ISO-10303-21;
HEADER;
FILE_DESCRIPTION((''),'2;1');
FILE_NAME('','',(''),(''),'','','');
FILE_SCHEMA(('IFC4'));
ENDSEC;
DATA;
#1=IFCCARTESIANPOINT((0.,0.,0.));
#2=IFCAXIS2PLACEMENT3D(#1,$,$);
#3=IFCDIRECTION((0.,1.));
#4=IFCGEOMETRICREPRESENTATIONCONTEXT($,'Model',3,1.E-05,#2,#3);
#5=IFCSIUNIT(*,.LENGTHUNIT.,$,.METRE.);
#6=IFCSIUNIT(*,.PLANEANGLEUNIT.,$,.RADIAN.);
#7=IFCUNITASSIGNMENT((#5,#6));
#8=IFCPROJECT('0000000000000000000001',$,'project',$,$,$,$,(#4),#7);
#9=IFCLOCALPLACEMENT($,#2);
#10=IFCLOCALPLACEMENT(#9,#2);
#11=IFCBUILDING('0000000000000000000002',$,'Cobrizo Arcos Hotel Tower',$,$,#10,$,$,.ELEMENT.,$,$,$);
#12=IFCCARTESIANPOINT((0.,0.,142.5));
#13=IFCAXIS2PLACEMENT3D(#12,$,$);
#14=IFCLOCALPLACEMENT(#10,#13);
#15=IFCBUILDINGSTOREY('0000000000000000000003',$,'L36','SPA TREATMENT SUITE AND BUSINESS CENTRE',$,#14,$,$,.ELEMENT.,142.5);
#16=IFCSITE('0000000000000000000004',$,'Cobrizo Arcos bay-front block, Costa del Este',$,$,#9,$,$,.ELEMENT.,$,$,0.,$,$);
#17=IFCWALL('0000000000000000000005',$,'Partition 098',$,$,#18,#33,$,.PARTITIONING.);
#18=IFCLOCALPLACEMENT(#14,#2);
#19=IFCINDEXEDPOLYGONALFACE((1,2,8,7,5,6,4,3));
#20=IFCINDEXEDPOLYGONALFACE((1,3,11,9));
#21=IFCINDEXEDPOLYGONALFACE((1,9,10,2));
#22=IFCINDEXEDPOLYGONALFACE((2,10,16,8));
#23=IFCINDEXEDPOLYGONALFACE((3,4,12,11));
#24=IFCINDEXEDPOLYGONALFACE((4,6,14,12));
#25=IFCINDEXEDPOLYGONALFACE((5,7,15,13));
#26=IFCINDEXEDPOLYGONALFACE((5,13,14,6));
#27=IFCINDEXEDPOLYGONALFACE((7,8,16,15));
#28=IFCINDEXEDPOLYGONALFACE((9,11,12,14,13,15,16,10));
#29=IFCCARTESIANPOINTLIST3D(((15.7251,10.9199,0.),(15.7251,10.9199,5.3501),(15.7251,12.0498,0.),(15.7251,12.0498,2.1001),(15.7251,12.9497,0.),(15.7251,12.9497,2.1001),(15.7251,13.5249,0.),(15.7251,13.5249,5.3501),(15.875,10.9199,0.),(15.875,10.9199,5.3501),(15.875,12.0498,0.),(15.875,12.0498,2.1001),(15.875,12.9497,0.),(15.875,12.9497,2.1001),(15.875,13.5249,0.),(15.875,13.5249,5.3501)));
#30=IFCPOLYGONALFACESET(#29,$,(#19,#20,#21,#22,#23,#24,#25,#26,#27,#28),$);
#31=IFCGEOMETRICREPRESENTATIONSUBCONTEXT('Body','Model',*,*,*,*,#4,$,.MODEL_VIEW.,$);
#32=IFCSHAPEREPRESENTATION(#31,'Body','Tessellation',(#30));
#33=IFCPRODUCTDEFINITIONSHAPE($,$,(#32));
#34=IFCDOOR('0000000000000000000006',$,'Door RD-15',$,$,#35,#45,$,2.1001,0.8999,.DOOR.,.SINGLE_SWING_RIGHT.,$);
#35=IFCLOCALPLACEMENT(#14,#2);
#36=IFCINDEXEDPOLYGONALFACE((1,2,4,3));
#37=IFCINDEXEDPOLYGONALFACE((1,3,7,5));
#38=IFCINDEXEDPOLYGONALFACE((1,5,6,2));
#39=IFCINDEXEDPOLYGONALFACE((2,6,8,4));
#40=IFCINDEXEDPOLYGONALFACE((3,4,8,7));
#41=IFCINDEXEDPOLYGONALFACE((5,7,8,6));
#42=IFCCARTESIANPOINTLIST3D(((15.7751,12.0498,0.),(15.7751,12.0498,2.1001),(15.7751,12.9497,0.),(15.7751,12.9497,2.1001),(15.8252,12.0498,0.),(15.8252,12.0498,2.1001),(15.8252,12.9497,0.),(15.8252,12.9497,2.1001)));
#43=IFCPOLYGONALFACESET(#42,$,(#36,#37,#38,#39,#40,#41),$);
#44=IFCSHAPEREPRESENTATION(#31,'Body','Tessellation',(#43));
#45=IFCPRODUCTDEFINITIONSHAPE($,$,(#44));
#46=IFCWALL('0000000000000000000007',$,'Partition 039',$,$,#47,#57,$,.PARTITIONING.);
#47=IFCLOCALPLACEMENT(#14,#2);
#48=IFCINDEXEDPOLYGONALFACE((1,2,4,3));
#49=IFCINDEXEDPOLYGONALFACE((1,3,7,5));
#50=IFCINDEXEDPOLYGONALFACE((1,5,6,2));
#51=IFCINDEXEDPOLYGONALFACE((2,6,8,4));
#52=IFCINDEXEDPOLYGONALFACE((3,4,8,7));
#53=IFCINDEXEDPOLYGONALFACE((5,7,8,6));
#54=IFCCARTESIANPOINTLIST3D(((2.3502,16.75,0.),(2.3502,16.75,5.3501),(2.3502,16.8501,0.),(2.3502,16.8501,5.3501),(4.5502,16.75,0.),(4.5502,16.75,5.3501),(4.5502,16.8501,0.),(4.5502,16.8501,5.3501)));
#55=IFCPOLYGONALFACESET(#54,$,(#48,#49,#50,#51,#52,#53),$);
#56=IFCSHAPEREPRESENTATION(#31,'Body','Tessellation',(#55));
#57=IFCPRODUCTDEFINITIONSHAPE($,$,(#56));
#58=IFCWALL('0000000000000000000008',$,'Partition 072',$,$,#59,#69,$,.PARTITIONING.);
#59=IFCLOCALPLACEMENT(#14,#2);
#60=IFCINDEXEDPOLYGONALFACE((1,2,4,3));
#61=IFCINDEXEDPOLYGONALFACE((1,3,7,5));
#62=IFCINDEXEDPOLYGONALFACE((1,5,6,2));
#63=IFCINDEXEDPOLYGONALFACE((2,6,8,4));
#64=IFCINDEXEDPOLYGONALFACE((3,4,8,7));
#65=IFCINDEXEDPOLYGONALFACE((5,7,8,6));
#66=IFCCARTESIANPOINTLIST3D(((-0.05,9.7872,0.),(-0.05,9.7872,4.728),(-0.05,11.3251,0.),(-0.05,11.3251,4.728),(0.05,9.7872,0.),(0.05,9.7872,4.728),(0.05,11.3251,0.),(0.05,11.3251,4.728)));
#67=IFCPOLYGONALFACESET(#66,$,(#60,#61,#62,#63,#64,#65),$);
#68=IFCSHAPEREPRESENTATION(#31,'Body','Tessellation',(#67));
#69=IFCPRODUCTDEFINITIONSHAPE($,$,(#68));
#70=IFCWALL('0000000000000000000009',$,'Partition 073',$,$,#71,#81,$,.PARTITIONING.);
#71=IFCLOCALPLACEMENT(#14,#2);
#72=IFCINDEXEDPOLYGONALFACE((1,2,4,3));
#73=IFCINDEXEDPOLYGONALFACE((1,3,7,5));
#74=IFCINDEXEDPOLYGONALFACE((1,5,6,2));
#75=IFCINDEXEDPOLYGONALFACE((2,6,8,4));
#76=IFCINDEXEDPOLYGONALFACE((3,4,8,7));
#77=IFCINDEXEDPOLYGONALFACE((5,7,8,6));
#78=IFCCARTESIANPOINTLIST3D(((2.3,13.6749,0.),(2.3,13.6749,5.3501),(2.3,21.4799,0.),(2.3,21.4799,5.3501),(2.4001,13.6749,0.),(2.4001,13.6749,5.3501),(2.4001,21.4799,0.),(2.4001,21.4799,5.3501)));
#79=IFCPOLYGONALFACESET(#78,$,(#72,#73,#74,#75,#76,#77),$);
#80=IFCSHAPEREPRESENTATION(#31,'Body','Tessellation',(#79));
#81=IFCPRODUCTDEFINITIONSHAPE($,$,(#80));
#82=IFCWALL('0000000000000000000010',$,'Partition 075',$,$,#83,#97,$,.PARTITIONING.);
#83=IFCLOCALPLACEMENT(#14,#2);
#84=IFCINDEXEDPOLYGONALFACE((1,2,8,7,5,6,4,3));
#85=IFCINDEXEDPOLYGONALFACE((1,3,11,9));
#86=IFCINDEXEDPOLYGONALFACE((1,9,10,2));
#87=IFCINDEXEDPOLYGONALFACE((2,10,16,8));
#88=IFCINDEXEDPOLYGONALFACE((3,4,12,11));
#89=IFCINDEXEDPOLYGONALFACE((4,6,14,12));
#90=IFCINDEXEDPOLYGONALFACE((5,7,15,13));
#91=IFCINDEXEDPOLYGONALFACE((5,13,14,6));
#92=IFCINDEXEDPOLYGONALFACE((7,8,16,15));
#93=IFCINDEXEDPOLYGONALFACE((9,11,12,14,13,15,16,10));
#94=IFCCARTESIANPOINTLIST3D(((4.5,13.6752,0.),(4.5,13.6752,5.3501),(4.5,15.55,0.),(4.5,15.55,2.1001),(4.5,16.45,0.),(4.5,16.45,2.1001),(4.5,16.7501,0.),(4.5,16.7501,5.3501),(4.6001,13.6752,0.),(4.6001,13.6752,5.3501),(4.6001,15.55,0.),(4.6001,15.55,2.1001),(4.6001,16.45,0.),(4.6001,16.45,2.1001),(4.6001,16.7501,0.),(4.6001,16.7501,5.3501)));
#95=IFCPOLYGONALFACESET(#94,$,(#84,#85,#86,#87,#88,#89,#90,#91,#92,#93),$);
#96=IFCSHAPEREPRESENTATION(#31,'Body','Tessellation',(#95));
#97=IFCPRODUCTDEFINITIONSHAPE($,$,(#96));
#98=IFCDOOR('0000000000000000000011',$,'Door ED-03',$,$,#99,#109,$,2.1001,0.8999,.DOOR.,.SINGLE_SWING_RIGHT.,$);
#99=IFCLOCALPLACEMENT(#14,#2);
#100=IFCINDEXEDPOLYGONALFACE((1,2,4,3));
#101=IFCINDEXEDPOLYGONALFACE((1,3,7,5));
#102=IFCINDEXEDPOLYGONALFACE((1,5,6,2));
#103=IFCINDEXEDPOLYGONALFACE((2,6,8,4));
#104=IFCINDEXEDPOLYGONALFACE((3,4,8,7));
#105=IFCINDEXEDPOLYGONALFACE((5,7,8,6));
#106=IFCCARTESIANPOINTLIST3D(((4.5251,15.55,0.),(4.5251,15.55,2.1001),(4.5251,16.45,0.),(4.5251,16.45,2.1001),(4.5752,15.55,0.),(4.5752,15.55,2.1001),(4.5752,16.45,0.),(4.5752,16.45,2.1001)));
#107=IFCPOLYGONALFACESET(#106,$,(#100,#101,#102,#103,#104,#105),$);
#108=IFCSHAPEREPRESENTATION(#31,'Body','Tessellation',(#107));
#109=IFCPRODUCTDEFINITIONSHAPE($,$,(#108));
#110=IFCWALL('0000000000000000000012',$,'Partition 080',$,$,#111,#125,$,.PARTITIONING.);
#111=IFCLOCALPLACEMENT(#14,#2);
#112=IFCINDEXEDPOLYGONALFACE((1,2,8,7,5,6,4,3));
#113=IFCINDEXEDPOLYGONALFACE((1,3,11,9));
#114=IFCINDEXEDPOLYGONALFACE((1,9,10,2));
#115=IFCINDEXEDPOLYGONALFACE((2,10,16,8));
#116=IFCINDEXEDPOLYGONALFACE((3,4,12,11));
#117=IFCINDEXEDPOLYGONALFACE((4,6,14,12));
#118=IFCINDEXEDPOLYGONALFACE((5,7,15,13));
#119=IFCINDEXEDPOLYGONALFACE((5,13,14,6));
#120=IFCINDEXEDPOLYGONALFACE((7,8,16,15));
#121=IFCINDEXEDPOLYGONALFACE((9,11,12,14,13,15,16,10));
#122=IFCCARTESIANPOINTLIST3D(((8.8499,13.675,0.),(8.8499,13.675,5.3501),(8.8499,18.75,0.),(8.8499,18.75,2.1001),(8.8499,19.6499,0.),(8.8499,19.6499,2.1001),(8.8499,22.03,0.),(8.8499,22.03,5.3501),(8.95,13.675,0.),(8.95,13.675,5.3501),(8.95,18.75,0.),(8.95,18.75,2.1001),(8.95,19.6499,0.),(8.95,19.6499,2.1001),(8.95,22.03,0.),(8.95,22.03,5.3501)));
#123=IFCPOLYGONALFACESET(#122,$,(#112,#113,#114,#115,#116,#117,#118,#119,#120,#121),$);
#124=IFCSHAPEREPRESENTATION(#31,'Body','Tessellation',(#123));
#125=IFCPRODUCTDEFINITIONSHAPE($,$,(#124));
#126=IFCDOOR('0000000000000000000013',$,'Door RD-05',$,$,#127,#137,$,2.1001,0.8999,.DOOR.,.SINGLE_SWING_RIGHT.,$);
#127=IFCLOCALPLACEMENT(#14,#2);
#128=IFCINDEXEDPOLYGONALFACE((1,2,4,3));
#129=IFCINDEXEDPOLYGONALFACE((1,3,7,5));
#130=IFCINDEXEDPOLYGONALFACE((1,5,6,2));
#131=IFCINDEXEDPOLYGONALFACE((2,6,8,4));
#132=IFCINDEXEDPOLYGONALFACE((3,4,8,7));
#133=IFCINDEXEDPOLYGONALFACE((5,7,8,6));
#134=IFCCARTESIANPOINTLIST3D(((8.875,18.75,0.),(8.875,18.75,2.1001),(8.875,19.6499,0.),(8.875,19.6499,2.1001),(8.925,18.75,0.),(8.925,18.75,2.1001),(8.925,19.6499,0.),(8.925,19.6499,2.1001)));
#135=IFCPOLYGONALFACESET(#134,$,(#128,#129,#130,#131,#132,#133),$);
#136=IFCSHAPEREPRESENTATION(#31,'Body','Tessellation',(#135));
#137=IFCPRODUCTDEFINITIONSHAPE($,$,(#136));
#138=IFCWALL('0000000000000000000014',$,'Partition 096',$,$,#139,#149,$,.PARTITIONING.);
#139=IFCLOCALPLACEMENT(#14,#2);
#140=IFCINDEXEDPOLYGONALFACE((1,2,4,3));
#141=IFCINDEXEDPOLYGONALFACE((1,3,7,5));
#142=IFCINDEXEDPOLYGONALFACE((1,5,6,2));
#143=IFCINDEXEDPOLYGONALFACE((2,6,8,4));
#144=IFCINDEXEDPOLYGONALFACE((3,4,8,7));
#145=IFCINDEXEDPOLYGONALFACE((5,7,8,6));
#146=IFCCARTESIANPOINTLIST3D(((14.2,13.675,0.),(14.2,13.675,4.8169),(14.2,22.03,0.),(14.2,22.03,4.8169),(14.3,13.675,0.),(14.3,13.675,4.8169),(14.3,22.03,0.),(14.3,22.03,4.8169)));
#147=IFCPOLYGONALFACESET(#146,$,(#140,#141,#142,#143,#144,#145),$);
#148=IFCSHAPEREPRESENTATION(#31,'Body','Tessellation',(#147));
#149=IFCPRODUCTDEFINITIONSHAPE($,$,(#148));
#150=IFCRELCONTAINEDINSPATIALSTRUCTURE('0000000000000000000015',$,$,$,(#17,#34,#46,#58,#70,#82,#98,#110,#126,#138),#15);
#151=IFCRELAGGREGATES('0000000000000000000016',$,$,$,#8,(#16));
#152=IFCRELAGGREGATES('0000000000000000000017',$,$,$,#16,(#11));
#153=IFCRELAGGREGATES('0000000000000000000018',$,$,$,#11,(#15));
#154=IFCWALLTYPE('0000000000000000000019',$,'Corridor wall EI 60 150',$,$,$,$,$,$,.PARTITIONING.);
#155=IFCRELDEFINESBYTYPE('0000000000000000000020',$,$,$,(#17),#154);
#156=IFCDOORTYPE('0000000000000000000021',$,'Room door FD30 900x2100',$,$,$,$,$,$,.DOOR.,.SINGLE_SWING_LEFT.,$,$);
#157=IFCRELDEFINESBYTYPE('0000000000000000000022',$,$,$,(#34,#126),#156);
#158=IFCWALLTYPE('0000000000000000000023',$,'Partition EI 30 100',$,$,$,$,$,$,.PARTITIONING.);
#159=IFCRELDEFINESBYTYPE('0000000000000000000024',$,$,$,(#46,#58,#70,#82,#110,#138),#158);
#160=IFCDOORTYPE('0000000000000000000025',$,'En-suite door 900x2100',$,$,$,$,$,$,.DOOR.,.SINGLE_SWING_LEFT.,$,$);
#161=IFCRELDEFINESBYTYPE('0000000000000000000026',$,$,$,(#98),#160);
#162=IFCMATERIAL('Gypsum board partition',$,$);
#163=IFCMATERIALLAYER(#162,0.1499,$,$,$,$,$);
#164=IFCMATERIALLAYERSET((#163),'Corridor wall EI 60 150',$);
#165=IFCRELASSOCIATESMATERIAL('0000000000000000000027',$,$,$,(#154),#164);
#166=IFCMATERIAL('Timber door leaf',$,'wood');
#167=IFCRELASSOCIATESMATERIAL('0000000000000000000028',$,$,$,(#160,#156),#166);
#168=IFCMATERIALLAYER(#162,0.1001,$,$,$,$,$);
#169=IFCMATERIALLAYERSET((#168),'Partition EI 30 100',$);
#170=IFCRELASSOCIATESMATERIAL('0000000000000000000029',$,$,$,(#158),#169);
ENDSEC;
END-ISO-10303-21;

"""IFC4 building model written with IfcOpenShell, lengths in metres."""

from ifc_helpers import new_model, si_unit, direction, frame, frame_2d, origin, place, context, subcontext, project, spatial, rectangle, extrude, material, layer, layer_set, type_object, element, fill, save


model = new_model("IFC4")

# Units and contexts
model_context = context("Model", 3, precision=1e-05, world=origin(), true_north=direction((0.0, 1.0)))
body_context = subcontext(model_context, "Body", "Model", "MODEL_VIEW")
ifc_project = project(units=[si_unit("LENGTHUNIT", "METRE"), si_unit("PLANEANGLEUNIT", "RADIAN")], contexts=[model_context])

# Site, building, storey
site_placement = place(None, origin())
site = spatial("IfcSite", under=ifc_project, at=site_placement, Name="Cobrizo Arcos bay-front block, Costa del Este", CompositionType="ELEMENT", RefElevation=0.0)
building_placement = place(site_placement, origin())
building = spatial("IfcBuilding", under=site, at=building_placement, Name="Cobrizo Arcos Hotel Tower", CompositionType="ELEMENT")
storey_placement = place(building_placement, frame((0.0, 0.0, 142.5)))
storey = spatial("IfcBuildingStorey", under=building, at=storey_placement, Name="L36", Description="SPA TREATMENT SUITE AND BUSINESS CENTRE", CompositionType="ELEMENT", Elevation=142.5)

# Shared definitions
ifc_material_1 = material(Name="Gypsum board partition")
ifc_layer_1 = layer(ifc_material_1, 0.1499)
ifc_layer_set_1 = layer_set([ifc_layer_1], Name="Corridor wall EI 60 150")
wall_type_1 = type_object("IfcWallType", Name="Corridor wall EI 60 150", PredefinedType="PARTITIONING", material=ifc_layer_set_1)
ifc_material_2 = material(Name="Timber door leaf", Category="wood")
door_type_1 = type_object("IfcDoorType", Name="En-suite door 900x2100", OperationType="SINGLE_SWING_LEFT", PredefinedType="DOOR", material=ifc_material_2)

# Wall, opening, door
wall_1_placement = place(storey_placement, frame((15.8, 10.9199, 0.0), z_axis=(0.0, 0.0, 1.0), x_axis=(0.0, 1.0, 0.0)))
wall_1 = element("IfcWall", 1, at=wall_1_placement, inside=storey, type_object=wall_type_1, Name="Partition 098", PredefinedType="PARTITIONING", context=body_context, shape_type="SweptSolid", body=[
    extrude(rectangle(XDim=2.605, YDim=0.1499, at=frame_2d((1.3025, 0.0))), origin(), (0.0, 0.0, 1.0), 5.3501),
])
opening_1_placement = place(wall_1_placement, frame((1.1299, 0.0, 0.0)))
opening_1 = element("IfcOpeningElement", 2, at=opening_1_placement, cuts=wall_1, PredefinedType="OPENING", context=body_context, shape_type="SweptSolid", body=[
    extrude(rectangle(XDim=0.8999, YDim=2.1001, at=frame_2d((0.45, 1.05))), frame((0.0, 0.0869, 0.0), z_axis=(0.0, -1.0, 0.0), x_axis=(1.0, 0.0, 0.0)), (0.0, 0.0, 1.0), 0.1738),
])
door_type_2 = type_object("IfcDoorType", Name="Room door FD30 900x2100", OperationType="SINGLE_SWING_LEFT", PredefinedType="DOOR", material=ifc_material_2)
door_1_placement = place(opening_1_placement, origin())
door_1 = element("IfcDoor", 3, at=door_1_placement, inside=storey, type_object=door_type_2, Name="Door RD-15", OperationType="SINGLE_SWING_RIGHT", OverallHeight=2.1001, OverallWidth=0.8999, PredefinedType="DOOR", context=body_context, shape_type="SweptSolid", body=[
    extrude(rectangle(XDim=0.8999, YDim=2.1001, at=frame_2d((0.45, 1.05))), frame((0.0, 0.0249, 0.0), z_axis=(0.0, -1.0, 0.0), x_axis=(1.0, 0.0, 0.0)), (0.0, 0.0, 1.0), 0.05),
])
fill(opening_1, door_1)

# Walls
ifc_layer_2 = layer(ifc_material_1, 0.1001)
ifc_layer_set_2 = layer_set([ifc_layer_2], Name="Partition EI 30 100")
wall_type_2 = type_object("IfcWallType", Name="Partition EI 30 100", PredefinedType="PARTITIONING", material=ifc_layer_set_2)
wall_2_placement = place(storey_placement, frame((2.3501, 16.8, 0.0), z_axis=(0.0, 0.0, 1.0), x_axis=(1.0, 0.0, 0.0)))
element("IfcWall", 4, at=wall_2_placement, inside=storey, type_object=wall_type_2, Name="Partition 039", PredefinedType="PARTITIONING", context=body_context, shape_type="SweptSolid", body=[
    extrude(rectangle(XDim=2.2, YDim=0.1001, at=frame_2d((1.1001, 0.0))), origin(), (0.0, 0.0, 1.0), 5.3501),
])
wall_3_placement = place(storey_placement, frame((0.0, 9.7871, 0.0), z_axis=(0.0, 0.0, 1.0), x_axis=(0.0, 1.0, 0.0)))
element("IfcWall", 5, at=wall_3_placement, inside=storey, type_object=wall_type_2, Name="Partition 072", PredefinedType="PARTITIONING", context=body_context, shape_type="SweptSolid", body=[
    extrude(rectangle(XDim=1.5378, YDim=0.1001, at=frame_2d((0.769, 0.0))), origin(), (0.0, 0.0, 1.0), 4.728),
])
wall_4_placement = place(storey_placement, frame((2.3501, 13.675, 0.0), z_axis=(0.0, 0.0, 1.0), x_axis=(0.0, 1.0, 0.0)))
element("IfcWall", 6, at=wall_4_placement, inside=storey, type_object=wall_type_2, Name="Partition 073", PredefinedType="PARTITIONING", context=body_context, shape_type="SweptSolid", body=[
    extrude(rectangle(XDim=7.8049, YDim=0.1001, at=frame_2d((3.9023, 0.0))), origin(), (0.0, 0.0, 1.0), 5.3501),
])

# Walls, openings, doors
wall_5_placement = place(storey_placement, frame((4.55, 13.675, 0.0), z_axis=(0.0, 0.0, 1.0), x_axis=(0.0, 1.0, 0.0)))
wall_5 = element("IfcWall", 7, at=wall_5_placement, inside=storey, type_object=wall_type_2, Name="Partition 075", PredefinedType="PARTITIONING", context=body_context, shape_type="SweptSolid", body=[
    extrude(rectangle(XDim=3.075, YDim=0.1001, at=frame_2d((1.5376, 0.0))), origin(), (0.0, 0.0, 1.0), 5.3501),
])
opening_2_placement = place(wall_5_placement, frame((1.875, 0.0, 0.0)))
opening_2 = element("IfcOpeningElement", 8, at=opening_2_placement, cuts=wall_5, PredefinedType="OPENING", context=body_context, shape_type="SweptSolid", body=[
    extrude(rectangle(XDim=0.8999, YDim=2.1001, at=frame_2d((0.45, 1.05))), frame((0.0, 0.062, 0.0), z_axis=(0.0, -1.0, 0.0), x_axis=(1.0, 0.0, 0.0)), (0.0, 0.0, 1.0), 0.124),
])
door_2_placement = place(opening_2_placement, origin())
door_2 = element("IfcDoor", 9, at=door_2_placement, inside=storey, type_object=door_type_1, Name="Door ED-03", OperationType="SINGLE_SWING_RIGHT", OverallHeight=2.1001, OverallWidth=0.8999, PredefinedType="DOOR", context=body_context, shape_type="SweptSolid", body=[
    extrude(rectangle(XDim=0.8999, YDim=2.1001, at=frame_2d((0.45, 1.05))), frame((0.0, 0.0249, 0.0), z_axis=(0.0, -1.0, 0.0), x_axis=(1.0, 0.0, 0.0)), (0.0, 0.0, 1.0), 0.05),
])
fill(opening_2, door_2)
wall_6_placement = place(storey_placement, frame((8.8999, 13.675, 0.0), z_axis=(0.0, 0.0, 1.0), x_axis=(0.0, 1.0, 0.0)))
wall_6 = element("IfcWall", 10, at=wall_6_placement, inside=storey, type_object=wall_type_2, Name="Partition 080", PredefinedType="PARTITIONING", context=body_context, shape_type="SweptSolid", body=[
    extrude(rectangle(XDim=8.355, YDim=0.1001, at=frame_2d((4.1775, 0.0))), origin(), (0.0, 0.0, 1.0), 5.3501),
])
opening_3_placement = place(wall_6_placement, frame((5.075, 0.0, 0.0)))
opening_3 = element("IfcOpeningElement", 11, at=opening_3_placement, cuts=wall_6, PredefinedType="OPENING", context=body_context, shape_type="SweptSolid", body=[
    extrude(rectangle(XDim=0.8999, YDim=2.1001, at=frame_2d((0.45, 1.05))), frame((0.0, 0.062, 0.0), z_axis=(0.0, -1.0, 0.0), x_axis=(1.0, 0.0, 0.0)), (0.0, 0.0, 1.0), 0.124),
])
door_3_placement = place(opening_3_placement, origin())
door_3 = element("IfcDoor", 12, at=door_3_placement, inside=storey, type_object=door_type_2, Name="Door RD-05", OperationType="SINGLE_SWING_RIGHT", OverallHeight=2.1001, OverallWidth=0.8999, PredefinedType="DOOR", context=body_context, shape_type="SweptSolid", body=[
    extrude(rectangle(XDim=0.8999, YDim=2.1001, at=frame_2d((0.45, 1.05))), frame((0.0, 0.0249, 0.0), z_axis=(0.0, -1.0, 0.0), x_axis=(1.0, 0.0, 0.0)), (0.0, 0.0, 1.0), 0.05),
])
fill(opening_3, door_3)

# Wall
wall_7_placement = place(storey_placement, frame((14.25, 13.675, 0.0), z_axis=(0.0, 0.0, 1.0), x_axis=(0.0, 1.0, 0.0)))
element("IfcWall", 13, at=wall_7_placement, inside=storey, type_object=wall_type_2, Name="Partition 096", PredefinedType="PARTITIONING", context=body_context, shape_type="SweptSolid", body=[
    extrude(rectangle(XDim=8.355, YDim=0.1001, at=frame_2d((4.1775, 0.0))), origin(), (0.0, 0.0, 1.0), 4.8169),
])

save(model, "model.ifc")
